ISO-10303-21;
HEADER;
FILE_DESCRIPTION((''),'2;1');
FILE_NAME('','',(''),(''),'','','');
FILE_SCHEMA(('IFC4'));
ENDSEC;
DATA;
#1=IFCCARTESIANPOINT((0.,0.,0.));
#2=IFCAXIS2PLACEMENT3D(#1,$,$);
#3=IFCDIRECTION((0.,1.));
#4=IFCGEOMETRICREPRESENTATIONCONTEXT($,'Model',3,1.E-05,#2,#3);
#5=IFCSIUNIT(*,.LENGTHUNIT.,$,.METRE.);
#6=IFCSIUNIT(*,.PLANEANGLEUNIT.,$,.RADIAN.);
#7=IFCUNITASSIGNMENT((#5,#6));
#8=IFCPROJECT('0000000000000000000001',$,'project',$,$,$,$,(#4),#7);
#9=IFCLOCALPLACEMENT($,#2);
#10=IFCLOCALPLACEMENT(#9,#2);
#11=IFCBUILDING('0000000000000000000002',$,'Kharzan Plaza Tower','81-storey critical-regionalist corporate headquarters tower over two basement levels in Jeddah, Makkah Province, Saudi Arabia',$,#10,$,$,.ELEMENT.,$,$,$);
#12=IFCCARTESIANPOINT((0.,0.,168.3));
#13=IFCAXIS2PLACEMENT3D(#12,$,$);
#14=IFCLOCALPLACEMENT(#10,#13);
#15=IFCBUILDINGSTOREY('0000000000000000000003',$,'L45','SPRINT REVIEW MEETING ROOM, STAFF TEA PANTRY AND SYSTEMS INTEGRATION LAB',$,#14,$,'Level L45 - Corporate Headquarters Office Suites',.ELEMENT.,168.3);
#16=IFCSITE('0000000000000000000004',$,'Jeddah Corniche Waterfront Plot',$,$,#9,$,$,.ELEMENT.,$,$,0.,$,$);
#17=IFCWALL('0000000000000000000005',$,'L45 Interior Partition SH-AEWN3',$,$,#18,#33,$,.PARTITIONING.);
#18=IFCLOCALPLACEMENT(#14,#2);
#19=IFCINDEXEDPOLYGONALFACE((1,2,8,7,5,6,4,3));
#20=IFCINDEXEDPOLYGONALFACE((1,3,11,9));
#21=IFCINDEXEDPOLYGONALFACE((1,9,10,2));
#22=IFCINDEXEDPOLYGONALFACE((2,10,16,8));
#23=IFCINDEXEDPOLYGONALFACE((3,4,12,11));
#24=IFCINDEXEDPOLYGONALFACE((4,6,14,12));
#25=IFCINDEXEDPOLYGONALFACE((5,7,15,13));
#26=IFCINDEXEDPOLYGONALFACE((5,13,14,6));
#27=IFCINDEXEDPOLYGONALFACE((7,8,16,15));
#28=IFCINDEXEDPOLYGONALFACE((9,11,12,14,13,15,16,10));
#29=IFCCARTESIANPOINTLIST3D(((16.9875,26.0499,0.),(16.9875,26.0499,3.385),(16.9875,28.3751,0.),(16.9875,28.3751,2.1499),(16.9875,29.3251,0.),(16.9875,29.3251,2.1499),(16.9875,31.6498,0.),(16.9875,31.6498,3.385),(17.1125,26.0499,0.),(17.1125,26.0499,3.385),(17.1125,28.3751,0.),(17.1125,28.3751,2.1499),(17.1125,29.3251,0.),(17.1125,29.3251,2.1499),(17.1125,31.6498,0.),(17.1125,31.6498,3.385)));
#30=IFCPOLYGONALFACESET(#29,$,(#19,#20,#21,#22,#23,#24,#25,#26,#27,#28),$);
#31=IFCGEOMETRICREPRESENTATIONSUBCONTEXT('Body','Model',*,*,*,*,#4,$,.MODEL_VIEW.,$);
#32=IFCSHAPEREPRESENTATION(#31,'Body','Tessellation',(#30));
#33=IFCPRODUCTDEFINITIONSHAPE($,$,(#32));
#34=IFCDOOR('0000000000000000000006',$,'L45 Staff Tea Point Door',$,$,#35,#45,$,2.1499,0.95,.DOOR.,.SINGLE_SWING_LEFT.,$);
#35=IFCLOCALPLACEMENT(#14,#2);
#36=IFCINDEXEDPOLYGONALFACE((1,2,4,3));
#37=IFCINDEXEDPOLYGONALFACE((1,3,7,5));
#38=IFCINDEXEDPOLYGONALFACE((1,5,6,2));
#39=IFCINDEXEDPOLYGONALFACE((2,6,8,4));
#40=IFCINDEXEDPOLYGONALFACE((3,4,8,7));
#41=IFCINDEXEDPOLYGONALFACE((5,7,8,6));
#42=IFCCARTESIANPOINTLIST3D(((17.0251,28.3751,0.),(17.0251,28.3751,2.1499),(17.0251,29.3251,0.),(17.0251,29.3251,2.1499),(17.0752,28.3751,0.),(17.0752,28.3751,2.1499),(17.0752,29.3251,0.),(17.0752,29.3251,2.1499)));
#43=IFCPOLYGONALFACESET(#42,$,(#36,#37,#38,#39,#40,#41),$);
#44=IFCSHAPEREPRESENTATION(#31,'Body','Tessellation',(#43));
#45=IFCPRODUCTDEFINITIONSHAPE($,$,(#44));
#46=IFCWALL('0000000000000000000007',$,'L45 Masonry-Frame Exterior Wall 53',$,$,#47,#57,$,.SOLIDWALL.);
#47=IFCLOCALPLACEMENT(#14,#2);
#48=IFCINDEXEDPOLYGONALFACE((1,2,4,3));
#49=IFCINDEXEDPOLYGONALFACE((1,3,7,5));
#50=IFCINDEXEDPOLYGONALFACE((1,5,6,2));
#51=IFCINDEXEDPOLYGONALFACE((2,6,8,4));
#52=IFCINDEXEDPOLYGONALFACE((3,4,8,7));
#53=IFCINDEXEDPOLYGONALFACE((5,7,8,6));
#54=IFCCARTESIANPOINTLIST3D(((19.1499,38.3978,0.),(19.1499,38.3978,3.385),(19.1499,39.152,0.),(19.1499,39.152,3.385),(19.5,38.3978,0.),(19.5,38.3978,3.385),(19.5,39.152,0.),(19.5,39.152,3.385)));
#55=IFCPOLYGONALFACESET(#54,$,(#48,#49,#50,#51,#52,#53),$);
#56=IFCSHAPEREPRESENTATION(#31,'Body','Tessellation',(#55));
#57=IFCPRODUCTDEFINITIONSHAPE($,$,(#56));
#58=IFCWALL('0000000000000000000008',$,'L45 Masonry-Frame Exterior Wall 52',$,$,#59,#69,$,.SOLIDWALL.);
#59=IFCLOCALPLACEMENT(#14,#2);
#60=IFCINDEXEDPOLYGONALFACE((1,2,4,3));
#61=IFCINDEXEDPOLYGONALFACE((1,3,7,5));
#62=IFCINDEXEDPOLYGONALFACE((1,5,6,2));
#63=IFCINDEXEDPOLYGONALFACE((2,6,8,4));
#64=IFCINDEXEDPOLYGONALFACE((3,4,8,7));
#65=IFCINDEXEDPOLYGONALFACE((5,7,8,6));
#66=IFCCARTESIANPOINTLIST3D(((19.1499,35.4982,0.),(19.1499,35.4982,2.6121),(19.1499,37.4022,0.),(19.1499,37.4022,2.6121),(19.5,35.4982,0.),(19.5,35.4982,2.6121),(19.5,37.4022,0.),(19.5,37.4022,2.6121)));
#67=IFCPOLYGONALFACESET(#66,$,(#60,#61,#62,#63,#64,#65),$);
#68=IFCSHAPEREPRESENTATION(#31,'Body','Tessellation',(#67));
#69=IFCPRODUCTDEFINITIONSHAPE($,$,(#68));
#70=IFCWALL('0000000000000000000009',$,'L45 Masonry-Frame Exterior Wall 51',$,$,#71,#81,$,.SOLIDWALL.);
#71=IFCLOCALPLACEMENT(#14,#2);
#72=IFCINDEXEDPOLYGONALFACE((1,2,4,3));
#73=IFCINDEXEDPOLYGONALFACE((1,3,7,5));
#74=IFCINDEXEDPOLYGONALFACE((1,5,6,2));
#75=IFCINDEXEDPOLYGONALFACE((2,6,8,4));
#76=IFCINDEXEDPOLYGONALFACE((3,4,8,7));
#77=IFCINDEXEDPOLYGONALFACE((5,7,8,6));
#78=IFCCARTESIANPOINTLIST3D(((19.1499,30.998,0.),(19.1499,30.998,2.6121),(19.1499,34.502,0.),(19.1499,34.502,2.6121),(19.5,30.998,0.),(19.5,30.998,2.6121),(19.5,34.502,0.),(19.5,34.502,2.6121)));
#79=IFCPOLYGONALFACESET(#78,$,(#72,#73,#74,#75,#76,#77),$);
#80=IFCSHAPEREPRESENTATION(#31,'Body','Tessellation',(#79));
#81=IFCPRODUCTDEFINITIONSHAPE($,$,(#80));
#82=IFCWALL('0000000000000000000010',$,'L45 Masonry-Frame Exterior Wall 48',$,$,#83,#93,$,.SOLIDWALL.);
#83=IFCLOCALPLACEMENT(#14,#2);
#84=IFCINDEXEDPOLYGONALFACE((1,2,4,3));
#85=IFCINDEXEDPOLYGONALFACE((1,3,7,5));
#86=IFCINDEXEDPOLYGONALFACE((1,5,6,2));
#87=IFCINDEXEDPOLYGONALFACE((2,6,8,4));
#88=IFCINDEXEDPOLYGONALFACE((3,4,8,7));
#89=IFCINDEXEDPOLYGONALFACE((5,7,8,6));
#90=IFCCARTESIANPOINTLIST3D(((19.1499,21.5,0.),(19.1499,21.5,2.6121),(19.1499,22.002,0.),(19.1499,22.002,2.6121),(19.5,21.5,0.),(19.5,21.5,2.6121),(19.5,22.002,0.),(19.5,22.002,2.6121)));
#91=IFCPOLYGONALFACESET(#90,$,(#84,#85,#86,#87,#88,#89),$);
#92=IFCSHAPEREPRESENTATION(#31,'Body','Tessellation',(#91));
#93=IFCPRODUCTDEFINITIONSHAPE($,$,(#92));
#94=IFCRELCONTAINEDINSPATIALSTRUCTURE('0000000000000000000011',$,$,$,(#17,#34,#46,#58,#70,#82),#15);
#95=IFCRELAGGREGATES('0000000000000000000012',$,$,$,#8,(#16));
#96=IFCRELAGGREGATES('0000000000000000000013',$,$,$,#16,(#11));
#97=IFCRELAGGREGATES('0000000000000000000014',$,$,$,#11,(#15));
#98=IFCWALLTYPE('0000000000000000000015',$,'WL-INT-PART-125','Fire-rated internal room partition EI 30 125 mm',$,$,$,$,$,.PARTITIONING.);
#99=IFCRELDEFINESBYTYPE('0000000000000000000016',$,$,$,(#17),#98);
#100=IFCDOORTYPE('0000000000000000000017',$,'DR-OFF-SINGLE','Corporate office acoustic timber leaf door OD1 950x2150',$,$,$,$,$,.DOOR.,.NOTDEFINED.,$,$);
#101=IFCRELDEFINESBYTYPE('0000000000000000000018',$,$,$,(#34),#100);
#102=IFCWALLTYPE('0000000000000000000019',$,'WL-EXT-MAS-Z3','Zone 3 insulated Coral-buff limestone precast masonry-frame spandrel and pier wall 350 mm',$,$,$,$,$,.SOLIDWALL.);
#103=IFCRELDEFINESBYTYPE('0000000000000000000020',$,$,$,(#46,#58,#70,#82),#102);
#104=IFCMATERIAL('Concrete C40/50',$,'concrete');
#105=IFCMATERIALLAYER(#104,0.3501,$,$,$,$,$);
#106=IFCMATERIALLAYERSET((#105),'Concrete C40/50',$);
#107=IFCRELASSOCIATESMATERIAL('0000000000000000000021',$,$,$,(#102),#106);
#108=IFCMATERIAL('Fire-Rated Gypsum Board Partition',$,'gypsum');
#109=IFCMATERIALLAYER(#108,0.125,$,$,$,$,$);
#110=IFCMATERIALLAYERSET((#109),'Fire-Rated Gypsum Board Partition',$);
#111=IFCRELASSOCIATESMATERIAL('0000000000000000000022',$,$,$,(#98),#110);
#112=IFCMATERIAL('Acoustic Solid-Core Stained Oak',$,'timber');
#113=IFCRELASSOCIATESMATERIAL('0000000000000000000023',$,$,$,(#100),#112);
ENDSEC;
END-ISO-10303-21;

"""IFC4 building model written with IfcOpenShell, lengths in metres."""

from ifc_helpers import new_model, si_unit, direction, frame, frame_2d, origin, place, context, subcontext, project, spatial, rectangle, extrude, source, transform, mapped, material, layer, layer_set, type_object, element, fill, save


model = new_model("IFC4")

# Units and contexts
model_context = context("Model", 3, precision=1e-05, world=origin(), true_north=direction((0.0, 1.0)))
body_context = subcontext(model_context, "Body", "Model", "MODEL_VIEW")
ifc_project = project(units=[si_unit("LENGTHUNIT", "METRE"), si_unit("PLANEANGLEUNIT", "RADIAN")], contexts=[model_context])

# Site, building, storey
site_placement = place(None, origin())
site = spatial("IfcSite", under=ifc_project, at=site_placement, Name="Jeddah Corniche Waterfront Plot", CompositionType="ELEMENT", RefElevation=0.0)
building_placement = place(site_placement, origin())
building = spatial("IfcBuilding", under=site, at=building_placement, Name="Kharzan Plaza Tower", Description="81-storey critical-regionalist corporate headquarters tower over two basement levels in Jeddah, Makkah Province, Saudi Arabia", CompositionType="ELEMENT")
storey_placement = place(building_placement, frame((0.0, 0.0, 168.3)))
storey = spatial("IfcBuildingStorey", under=building, at=storey_placement, Name="L45", Description="SPRINT REVIEW MEETING ROOM, STAFF TEA PANTRY AND SYSTEMS INTEGRATION LAB", LongName="Level L45 - Corporate Headquarters Office Suites", CompositionType="ELEMENT", Elevation=168.3)

# Shared definitions
ifc_material_1 = material(Name="Concrete C40/50", Category="concrete")
ifc_layer_1 = layer(ifc_material_1, 0.3501)
ifc_layer_set_1 = layer_set([ifc_layer_1], Name="Concrete C40/50")
wall_type_1 = type_object("IfcWallType", Name="WL-EXT-MAS-Z3", Description="Zone 3 insulated Coral-buff limestone precast masonry-frame spandrel and pier wall 350 mm", PredefinedType="SOLIDWALL", material=ifc_layer_set_1)

# Wall, opening, door
ifc_material_2 = material(Name="Fire-Rated Gypsum Board Partition", Category="gypsum")
ifc_layer_2 = layer(ifc_material_2, 0.125)
ifc_layer_set_2 = layer_set([ifc_layer_2], Name="Fire-Rated Gypsum Board Partition")
wall_type_2 = type_object("IfcWallType", Name="WL-INT-PART-125", Description="Fire-rated internal room partition EI 30 125 mm", PredefinedType="PARTITIONING", material=ifc_layer_set_2)
wall_1_placement = place(storey_placement, frame((17.05, 26.05, 0.0), z_axis=(0.0, 0.0, 1.0), x_axis=(0.0, 1.0, 0.0)))
wall_1 = element("IfcWall", 1, at=wall_1_placement, inside=storey, type_object=wall_type_2, Name="L45 Interior Partition SH-AEWN3", PredefinedType="PARTITIONING", context=body_context, shape_type="SweptSolid", body=[
    extrude(rectangle(XDim=5.5999, YDim=0.125, at=frame_2d((2.7998, 0.0))), origin(), (0.0, 0.0, 1.0), 3.385),
])
opening_1_placement = place(wall_1_placement, frame((2.325, 0.0, 0.0)))
opening_1 = element("IfcOpeningElement", 2, at=opening_1_placement, cuts=wall_1, PredefinedType="OPENING", context=body_context, shape_type="SweptSolid", body=[
    extrude(rectangle(XDim=0.95, YDim=2.1499, at=frame_2d((0.4751, 1.075))), frame((0.0, 0.0725, 0.0), z_axis=(0.0, -1.0, 0.0), x_axis=(1.0, 0.0, 0.0)), (0.0, 0.0, 1.0), 0.145),
])
ifc_material_3 = material(Name="Acoustic Solid-Core Stained Oak", Category="timber")
door_type_1 = type_object("IfcDoorType", Name="DR-OFF-SINGLE", Description="Corporate office acoustic timber leaf door OD1 950x2150", OperationType="NOTDEFINED", PredefinedType="DOOR", material=ifc_material_3)
shared_shape_1 = source(origin(), body_context, "Body", "SweptSolid", [
    extrude(rectangle(XDim=0.95, YDim=2.1499, at=frame_2d((0.4751, 1.075))), frame((0.0, 0.0249, 0.0), z_axis=(0.0, -1.0, 0.0), x_axis=(1.0, 0.0, 0.0)), (0.0, 0.0, 1.0), 0.05),
])
door_1_placement = place(opening_1_placement, origin())
door_1 = element("IfcDoor", 3, at=door_1_placement, inside=storey, type_object=door_type_1, Name="L45 Staff Tea Point Door", OperationType="SINGLE_SWING_LEFT", OverallHeight=2.1499, OverallWidth=0.95, PredefinedType="DOOR", context=body_context, shape_type="MappedRepresentation", body=[
    mapped(shared_shape_1, transform((0.0, 0.0, 0.0), x_axis=(1.0, 0.0, 0.0), y_axis=(0.0, 1.0, 0.0), z_axis=(0.0, 0.0, 1.0))),
])
fill(opening_1, door_1)

# Walls
shared_shape_2 = source(origin(), body_context, "Body", "SweptSolid", [
    extrude(rectangle(XDim=0.7542, YDim=0.3501, at=frame_2d((0.377, 0.0))), origin(), (0.0, 0.0, 1.0), 3.385),
])
wall_2_placement = place(storey_placement, frame((19.325, 38.3979, 0.0), z_axis=(0.0, 0.0, 1.0), x_axis=(0.0, 1.0, 0.0)))
element("IfcWall", 4, at=wall_2_placement, inside=storey, type_object=wall_type_1, Name="L45 Masonry-Frame Exterior Wall 53", PredefinedType="SOLIDWALL", context=body_context, shape_type="MappedRepresentation", body=[
    mapped(shared_shape_2, transform((0.0, 0.0, 0.0), x_axis=(1.0, 0.0, 0.0), y_axis=(0.0, 1.0, 0.0), z_axis=(0.0, 0.0, 1.0))),
])
shared_shape_3 = source(origin(), body_context, "Body", "SweptSolid", [
    extrude(rectangle(XDim=1.9041, YDim=0.3501, at=frame_2d((0.9521, 0.0))), origin(), (0.0, 0.0, 1.0), 2.6121),
])
wall_3_placement = place(storey_placement, frame((19.325, 35.498, 0.0), z_axis=(0.0, 0.0, 1.0), x_axis=(0.0, 1.0, 0.0)))
element("IfcWall", 5, at=wall_3_placement, inside=storey, type_object=wall_type_1, Name="L45 Masonry-Frame Exterior Wall 52", PredefinedType="SOLIDWALL", context=body_context, shape_type="MappedRepresentation", body=[
    mapped(shared_shape_3, transform((0.0, 0.0, 0.0), x_axis=(1.0, 0.0, 0.0), y_axis=(0.0, 1.0, 0.0), z_axis=(0.0, 0.0, 1.0))),
])
shared_shape_4 = source(origin(), body_context, "Body", "SweptSolid", [
    extrude(rectangle(XDim=3.5039, YDim=0.3501, at=frame_2d((1.752, 0.0))), origin(), (0.0, 0.0, 1.0), 2.6121),
])
wall_4_placement = place(storey_placement, frame((19.325, 30.998, 0.0), z_axis=(0.0, 0.0, 1.0), x_axis=(0.0, 1.0, 0.0)))
element("IfcWall", 6, at=wall_4_placement, inside=storey, type_object=wall_type_1, Name="L45 Masonry-Frame Exterior Wall 51", PredefinedType="SOLIDWALL", context=body_context, shape_type="MappedRepresentation", body=[
    mapped(shared_shape_4, transform((0.0, 0.0, 0.0), x_axis=(1.0, 0.0, 0.0), y_axis=(0.0, 1.0, 0.0), z_axis=(0.0, 0.0, 1.0))),
])
shared_shape_5 = source(origin(), body_context, "Body", "SweptSolid", [
    extrude(rectangle(XDim=0.502, YDim=0.3501, at=frame_2d((0.251, 0.0))), origin(), (0.0, 0.0, 1.0), 2.6121),
])
wall_5_placement = place(storey_placement, frame((19.325, 21.5, 0.0), z_axis=(0.0, 0.0, 1.0), x_axis=(0.0, 1.0, 0.0)))
element("IfcWall", 7, at=wall_5_placement, inside=storey, type_object=wall_type_1, Name="L45 Masonry-Frame Exterior Wall 48", PredefinedType="SOLIDWALL", context=body_context, shape_type="MappedRepresentation", body=[
    mapped(shared_shape_5, transform((0.0, 0.0, 0.0), x_axis=(1.0, 0.0, 0.0), y_axis=(0.0, 1.0, 0.0), z_axis=(0.0, 0.0, 1.0))),
])

save(model, "model.ifc")
